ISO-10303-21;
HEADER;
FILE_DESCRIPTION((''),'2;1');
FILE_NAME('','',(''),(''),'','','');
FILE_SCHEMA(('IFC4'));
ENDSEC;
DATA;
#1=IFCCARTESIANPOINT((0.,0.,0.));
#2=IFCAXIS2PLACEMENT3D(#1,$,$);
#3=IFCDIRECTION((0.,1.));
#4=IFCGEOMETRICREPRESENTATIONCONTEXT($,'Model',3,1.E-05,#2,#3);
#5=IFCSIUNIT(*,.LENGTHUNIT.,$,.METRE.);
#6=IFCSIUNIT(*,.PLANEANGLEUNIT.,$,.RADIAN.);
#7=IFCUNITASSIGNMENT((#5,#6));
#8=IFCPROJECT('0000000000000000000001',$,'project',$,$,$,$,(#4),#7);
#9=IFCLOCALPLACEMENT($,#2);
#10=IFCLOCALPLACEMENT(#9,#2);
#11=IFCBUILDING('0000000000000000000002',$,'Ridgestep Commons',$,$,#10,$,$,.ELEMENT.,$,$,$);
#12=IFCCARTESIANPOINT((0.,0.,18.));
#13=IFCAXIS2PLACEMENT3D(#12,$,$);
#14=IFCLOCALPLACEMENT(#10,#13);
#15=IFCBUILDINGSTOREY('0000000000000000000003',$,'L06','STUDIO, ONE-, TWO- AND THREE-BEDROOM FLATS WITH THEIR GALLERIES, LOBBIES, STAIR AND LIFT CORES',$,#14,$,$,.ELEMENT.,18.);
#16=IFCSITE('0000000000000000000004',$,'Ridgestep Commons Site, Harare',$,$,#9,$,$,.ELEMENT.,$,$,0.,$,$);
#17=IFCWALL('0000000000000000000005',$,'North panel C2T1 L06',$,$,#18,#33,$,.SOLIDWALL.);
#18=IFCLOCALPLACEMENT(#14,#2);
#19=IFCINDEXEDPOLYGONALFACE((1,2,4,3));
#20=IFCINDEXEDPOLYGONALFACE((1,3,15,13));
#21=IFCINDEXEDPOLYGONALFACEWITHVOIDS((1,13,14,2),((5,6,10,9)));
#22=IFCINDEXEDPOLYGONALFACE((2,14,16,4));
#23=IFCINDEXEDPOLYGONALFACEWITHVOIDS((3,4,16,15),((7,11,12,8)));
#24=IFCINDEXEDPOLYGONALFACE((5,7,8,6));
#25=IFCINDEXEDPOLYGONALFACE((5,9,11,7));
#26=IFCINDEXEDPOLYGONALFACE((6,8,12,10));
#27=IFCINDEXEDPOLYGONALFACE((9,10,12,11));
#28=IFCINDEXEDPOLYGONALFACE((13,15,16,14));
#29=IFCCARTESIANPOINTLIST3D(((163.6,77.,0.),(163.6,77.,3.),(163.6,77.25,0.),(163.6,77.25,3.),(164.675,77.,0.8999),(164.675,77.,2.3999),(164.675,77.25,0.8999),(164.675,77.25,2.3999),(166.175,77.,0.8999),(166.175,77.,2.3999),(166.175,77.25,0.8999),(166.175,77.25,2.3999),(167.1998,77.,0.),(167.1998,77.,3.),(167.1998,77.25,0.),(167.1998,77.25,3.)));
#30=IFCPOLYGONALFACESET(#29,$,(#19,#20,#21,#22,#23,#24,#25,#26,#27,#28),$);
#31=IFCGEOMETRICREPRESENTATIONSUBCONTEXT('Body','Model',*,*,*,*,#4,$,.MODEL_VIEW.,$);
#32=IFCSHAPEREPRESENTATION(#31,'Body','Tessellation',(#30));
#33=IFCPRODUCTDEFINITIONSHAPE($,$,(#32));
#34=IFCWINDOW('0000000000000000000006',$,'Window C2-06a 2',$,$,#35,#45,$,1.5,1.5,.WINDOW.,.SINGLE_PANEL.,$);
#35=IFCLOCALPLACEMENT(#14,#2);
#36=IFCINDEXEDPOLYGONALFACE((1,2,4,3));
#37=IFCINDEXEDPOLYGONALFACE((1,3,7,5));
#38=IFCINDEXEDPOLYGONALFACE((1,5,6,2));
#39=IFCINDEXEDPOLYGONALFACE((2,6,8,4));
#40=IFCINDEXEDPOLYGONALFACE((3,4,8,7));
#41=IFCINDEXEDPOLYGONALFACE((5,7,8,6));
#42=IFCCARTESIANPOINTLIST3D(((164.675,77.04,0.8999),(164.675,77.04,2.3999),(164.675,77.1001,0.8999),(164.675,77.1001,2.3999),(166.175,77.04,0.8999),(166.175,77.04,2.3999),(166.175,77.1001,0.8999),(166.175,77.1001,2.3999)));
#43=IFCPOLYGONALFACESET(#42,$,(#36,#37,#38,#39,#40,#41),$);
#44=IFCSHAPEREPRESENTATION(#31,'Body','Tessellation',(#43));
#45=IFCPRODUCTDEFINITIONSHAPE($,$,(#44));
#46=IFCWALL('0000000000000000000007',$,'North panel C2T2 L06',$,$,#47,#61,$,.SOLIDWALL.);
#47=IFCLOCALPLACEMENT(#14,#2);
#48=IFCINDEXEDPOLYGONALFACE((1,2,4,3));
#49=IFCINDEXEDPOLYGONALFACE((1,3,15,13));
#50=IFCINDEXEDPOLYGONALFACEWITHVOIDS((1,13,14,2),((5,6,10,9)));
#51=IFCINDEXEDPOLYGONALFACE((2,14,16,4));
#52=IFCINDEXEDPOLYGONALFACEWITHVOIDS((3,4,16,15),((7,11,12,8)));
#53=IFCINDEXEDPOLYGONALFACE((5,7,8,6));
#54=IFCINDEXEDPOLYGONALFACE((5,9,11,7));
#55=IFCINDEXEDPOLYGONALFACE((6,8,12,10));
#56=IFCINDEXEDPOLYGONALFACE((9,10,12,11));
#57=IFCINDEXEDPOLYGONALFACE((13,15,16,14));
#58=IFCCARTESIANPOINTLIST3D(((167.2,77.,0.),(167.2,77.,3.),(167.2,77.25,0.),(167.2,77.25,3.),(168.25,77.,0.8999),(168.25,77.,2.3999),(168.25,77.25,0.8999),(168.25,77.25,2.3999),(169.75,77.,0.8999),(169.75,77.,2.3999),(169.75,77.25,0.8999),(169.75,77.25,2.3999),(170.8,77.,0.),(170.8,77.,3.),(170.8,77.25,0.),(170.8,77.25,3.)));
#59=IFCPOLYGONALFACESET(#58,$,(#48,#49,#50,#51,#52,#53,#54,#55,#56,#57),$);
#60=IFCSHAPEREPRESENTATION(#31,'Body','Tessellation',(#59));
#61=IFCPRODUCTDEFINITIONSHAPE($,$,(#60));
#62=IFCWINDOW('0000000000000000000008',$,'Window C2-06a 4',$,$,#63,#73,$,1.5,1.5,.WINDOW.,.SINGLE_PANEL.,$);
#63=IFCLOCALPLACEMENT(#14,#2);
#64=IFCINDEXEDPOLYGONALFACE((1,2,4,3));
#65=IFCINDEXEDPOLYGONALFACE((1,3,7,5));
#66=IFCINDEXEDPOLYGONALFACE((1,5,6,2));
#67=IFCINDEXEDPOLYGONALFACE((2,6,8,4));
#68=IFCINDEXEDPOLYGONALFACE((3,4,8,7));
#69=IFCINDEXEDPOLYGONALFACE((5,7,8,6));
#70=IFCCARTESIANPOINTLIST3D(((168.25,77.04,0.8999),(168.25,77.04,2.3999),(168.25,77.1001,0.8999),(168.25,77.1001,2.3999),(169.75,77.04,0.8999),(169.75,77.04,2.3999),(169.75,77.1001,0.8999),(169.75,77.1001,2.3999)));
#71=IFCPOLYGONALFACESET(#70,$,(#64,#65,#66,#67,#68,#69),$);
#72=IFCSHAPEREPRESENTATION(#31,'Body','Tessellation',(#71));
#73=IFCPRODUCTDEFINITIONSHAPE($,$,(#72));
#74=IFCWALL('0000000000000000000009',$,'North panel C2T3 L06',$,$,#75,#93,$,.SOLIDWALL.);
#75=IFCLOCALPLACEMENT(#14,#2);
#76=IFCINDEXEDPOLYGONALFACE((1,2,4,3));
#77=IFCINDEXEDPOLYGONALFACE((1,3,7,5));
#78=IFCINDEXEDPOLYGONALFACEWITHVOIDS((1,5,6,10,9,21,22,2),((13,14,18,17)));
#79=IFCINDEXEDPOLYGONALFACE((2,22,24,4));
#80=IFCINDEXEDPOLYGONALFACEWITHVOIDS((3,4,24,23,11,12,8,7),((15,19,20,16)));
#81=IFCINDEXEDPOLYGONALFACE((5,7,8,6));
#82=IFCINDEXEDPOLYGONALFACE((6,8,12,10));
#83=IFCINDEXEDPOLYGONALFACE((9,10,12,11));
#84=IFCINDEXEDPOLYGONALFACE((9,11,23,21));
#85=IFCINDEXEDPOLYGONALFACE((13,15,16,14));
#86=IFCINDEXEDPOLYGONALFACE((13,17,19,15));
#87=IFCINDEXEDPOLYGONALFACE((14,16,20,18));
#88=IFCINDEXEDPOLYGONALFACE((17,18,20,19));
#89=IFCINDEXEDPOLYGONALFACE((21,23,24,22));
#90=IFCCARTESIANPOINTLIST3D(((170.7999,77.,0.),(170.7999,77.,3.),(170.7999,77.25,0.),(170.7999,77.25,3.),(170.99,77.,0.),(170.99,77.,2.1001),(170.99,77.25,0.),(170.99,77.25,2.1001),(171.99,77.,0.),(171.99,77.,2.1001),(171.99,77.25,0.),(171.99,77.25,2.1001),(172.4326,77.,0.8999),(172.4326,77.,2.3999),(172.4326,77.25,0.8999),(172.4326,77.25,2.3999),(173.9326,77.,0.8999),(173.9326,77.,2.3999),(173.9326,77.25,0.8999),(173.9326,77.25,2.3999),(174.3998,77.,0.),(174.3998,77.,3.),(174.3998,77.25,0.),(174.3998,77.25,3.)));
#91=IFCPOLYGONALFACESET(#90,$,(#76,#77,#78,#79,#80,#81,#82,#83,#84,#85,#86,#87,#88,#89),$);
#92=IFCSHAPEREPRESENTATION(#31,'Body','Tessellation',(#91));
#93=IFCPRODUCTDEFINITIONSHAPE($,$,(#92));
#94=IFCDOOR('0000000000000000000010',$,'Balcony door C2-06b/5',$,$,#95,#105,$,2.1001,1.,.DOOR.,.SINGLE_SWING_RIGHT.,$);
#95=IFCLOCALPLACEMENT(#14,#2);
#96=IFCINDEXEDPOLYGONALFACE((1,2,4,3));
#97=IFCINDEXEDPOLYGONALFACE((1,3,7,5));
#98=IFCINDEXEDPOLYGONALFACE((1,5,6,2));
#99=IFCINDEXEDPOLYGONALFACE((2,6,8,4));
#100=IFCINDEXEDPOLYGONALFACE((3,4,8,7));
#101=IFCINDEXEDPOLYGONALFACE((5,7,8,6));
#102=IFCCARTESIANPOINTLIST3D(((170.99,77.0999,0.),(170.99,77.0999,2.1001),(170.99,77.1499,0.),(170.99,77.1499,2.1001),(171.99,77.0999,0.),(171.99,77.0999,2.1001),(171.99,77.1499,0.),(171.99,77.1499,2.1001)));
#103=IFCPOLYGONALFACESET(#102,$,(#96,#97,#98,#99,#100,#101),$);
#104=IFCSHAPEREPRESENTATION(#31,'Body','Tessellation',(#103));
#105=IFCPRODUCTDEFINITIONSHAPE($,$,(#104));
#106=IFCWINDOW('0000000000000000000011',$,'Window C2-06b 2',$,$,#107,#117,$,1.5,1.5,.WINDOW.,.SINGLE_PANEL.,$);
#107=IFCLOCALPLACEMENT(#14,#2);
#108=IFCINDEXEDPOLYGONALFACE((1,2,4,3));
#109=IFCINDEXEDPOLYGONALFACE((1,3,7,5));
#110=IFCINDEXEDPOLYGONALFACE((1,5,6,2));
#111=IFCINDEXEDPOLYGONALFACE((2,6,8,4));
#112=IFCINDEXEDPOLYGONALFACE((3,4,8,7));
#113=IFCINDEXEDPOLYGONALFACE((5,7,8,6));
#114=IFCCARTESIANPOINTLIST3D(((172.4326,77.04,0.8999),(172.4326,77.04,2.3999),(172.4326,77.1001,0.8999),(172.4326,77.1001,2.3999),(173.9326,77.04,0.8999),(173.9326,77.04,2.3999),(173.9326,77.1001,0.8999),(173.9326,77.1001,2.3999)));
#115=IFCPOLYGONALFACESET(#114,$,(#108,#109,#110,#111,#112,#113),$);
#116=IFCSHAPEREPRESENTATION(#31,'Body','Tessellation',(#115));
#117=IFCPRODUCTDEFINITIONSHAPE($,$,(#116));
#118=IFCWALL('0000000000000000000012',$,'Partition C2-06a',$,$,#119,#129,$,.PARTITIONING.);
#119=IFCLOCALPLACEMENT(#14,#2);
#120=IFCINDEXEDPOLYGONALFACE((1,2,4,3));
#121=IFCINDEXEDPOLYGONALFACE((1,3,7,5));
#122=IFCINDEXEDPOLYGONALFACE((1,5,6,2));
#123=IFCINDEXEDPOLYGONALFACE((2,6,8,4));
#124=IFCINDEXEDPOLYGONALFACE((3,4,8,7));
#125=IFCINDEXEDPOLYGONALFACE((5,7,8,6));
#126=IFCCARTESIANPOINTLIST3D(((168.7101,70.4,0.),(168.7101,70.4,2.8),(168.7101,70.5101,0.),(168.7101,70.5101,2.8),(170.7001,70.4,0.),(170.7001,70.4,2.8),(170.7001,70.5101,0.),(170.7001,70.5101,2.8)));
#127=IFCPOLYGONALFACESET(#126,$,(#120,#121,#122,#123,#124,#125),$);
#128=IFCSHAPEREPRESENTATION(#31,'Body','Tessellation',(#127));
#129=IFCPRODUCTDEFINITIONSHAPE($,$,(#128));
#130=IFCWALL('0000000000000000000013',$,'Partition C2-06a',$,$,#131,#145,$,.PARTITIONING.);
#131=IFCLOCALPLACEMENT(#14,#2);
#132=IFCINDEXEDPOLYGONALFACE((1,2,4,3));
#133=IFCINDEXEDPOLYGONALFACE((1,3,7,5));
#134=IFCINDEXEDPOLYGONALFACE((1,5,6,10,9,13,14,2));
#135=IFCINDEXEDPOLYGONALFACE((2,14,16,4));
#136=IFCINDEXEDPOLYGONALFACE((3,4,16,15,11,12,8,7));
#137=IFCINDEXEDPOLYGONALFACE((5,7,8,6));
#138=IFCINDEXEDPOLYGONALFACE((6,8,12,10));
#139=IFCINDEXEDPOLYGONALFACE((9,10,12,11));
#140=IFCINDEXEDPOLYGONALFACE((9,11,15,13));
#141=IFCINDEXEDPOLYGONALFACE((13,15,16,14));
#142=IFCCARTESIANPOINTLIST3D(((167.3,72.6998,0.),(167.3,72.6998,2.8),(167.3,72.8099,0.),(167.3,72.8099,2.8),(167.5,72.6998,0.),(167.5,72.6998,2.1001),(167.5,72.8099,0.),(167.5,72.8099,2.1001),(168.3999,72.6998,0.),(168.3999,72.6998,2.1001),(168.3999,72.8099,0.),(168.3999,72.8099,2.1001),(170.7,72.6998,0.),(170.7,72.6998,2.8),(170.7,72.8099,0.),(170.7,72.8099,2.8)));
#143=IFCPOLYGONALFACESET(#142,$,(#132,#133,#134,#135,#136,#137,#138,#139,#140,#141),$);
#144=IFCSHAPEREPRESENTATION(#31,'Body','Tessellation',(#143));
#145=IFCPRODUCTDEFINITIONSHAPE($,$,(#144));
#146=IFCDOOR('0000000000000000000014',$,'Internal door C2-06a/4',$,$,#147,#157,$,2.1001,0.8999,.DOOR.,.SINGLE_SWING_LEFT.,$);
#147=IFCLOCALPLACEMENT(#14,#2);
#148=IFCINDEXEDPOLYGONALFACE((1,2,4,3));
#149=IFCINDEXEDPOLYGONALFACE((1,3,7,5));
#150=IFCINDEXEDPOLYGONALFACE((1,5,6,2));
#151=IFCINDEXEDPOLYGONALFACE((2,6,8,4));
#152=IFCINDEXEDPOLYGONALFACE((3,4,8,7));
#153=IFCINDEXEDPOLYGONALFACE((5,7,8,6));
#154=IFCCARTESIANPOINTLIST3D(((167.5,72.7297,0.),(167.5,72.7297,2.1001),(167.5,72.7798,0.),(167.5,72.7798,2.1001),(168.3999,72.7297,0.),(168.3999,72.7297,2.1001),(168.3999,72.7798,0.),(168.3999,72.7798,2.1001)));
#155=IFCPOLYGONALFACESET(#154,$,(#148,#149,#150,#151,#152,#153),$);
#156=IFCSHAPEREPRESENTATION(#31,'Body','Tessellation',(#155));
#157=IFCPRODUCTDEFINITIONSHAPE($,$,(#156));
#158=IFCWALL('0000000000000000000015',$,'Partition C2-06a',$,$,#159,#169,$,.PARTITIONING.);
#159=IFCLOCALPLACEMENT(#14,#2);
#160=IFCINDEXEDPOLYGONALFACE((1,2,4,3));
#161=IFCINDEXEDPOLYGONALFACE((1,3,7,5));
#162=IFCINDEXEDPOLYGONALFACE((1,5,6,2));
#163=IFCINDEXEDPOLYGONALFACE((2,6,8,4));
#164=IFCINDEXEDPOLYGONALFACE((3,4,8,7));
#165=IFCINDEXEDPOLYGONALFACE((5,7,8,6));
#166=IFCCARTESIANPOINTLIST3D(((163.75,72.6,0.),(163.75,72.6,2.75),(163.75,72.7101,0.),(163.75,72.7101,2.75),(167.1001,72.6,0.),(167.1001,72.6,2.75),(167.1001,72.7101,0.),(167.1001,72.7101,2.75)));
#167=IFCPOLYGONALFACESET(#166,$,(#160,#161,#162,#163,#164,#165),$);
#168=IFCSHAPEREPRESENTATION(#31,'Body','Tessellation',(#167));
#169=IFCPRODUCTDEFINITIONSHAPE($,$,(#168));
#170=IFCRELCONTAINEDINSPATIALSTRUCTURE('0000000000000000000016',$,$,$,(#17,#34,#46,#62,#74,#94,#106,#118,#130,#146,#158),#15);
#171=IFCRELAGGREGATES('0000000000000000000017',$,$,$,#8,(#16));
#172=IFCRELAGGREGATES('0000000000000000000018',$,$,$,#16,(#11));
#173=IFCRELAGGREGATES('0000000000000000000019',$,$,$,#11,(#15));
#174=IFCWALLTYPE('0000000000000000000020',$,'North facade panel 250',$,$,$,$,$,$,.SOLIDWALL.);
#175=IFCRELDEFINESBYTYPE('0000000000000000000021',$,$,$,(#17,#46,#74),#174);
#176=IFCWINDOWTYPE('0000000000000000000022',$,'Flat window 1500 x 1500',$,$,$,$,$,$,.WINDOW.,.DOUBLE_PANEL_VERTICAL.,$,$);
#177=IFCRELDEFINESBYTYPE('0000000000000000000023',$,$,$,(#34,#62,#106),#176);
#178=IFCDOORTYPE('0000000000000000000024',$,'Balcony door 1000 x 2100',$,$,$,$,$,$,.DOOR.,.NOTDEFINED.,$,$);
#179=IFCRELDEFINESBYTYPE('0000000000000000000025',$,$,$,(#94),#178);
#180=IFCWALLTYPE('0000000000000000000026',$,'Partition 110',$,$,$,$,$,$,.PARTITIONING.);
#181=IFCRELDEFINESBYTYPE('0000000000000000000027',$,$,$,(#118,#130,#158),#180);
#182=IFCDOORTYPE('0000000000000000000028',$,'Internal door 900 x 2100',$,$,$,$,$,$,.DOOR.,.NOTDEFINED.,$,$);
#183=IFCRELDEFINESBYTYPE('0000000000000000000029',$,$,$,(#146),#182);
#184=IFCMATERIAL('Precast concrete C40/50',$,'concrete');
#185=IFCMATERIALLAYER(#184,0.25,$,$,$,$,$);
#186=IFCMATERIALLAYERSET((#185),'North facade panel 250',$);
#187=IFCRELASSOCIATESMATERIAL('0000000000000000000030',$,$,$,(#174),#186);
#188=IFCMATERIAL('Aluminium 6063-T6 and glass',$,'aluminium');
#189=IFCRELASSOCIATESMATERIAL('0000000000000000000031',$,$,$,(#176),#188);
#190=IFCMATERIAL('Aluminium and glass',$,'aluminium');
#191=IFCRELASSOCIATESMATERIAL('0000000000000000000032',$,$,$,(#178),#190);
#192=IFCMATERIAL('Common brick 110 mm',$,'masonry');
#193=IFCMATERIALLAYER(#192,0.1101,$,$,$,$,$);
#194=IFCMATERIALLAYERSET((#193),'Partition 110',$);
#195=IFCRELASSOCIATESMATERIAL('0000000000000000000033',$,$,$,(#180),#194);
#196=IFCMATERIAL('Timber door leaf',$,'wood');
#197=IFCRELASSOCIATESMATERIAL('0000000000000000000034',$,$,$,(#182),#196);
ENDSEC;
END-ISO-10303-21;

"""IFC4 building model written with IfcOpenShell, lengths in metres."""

from ifc_helpers import new_model, si_unit, direction, frame, frame_2d, origin, place, context, subcontext, project, spatial, rectangle, extrude, material, layer, layer_set, type_object, element, fill, save


model = new_model("IFC4")

# Units and contexts
model_context = context("Model", 3, precision=1e-05, world=origin(), true_north=direction((0.0, 1.0)))
body_context = subcontext(model_context, "Body", "Model", "MODEL_VIEW")
ifc_project = project(units=[si_unit("LENGTHUNIT", "METRE"), si_unit("PLANEANGLEUNIT", "RADIAN")], contexts=[model_context])

# Site, building, storey
site_placement = place(None, origin())
site = spatial("IfcSite", under=ifc_project, at=site_placement, Name="Ridgestep Commons Site, Harare", CompositionType="ELEMENT", RefElevation=0.0)
building_placement = place(site_placement, origin())
building = spatial("IfcBuilding", under=site, at=building_placement, Name="Ridgestep Commons", CompositionType="ELEMENT")
storey_placement = place(building_placement, frame((0.0, 0.0, 18.0)))
storey = spatial("IfcBuildingStorey", under=building, at=storey_placement, Name="L06", Description="STUDIO, ONE-, TWO- AND THREE-BEDROOM FLATS WITH THEIR GALLERIES, LOBBIES, STAIR AND LIFT CORES", CompositionType="ELEMENT", Elevation=18.0)

# Walls, openings, windows
ifc_material_1 = material(Name="Precast concrete C40/50", Category="concrete")
ifc_layer_1 = layer(ifc_material_1, 0.25)
ifc_layer_set_1 = layer_set([ifc_layer_1], Name="North facade panel 250")
wall_type_1 = type_object("IfcWallType", Name="North facade panel 250", PredefinedType="SOLIDWALL", material=ifc_layer_set_1)
wall_1_placement = place(storey_placement, frame((163.6001, 77.125, 0.0), z_axis=(0.0, 0.0, 1.0), x_axis=(1.0, 0.0, 0.0)))
wall_1 = element("IfcWall", 1, at=wall_1_placement, inside=storey, type_object=wall_type_1, Name="North panel C2T1 L06", PredefinedType="SOLIDWALL", context=body_context, shape_type="SweptSolid", body=[
    extrude(rectangle(XDim=3.5999, YDim=0.25, at=frame_2d((1.7998, 0.0))), origin(), (0.0, 0.0, 1.0), 3.0),
])
opening_1_placement = place(wall_1_placement, frame((1.075, 0.0, 0.8999)))
opening_1 = element("IfcOpeningElement", 2, at=opening_1_placement, cuts=wall_1, PredefinedType="OPENING", context=body_context, shape_type="SweptSolid", body=[
    extrude(rectangle(XDim=1.5, YDim=1.5, at=frame_2d((0.75, 0.75))), frame((0.0, 0.135, 0.0), z_axis=(0.0, -1.0, 0.0), x_axis=(1.0, 0.0, 0.0)), (0.0, 0.0, 1.0), 0.27),
])
ifc_material_2 = material(Name="Aluminium 6063-T6 and glass", Category="aluminium")
window_type = type_object("IfcWindowType", Name="Flat window 1500 x 1500", PartitioningType="DOUBLE_PANEL_VERTICAL", PredefinedType="WINDOW", material=ifc_material_2)
window_1_placement = place(opening_1_placement, origin())
window_1 = element("IfcWindow", 3, at=window_1_placement, inside=storey, type_object=window_type, Name="Window C2-06a 2", OverallHeight=1.5, OverallWidth=1.5, PartitioningType="SINGLE_PANEL", PredefinedType="WINDOW", context=body_context, shape_type="SweptSolid", body=[
    extrude(rectangle(XDim=1.5, YDim=1.5, at=frame_2d((0.75, 0.75))), frame((0.0, -0.0249, 0.0), z_axis=(0.0, -1.0, 0.0), x_axis=(1.0, 0.0, 0.0)), (0.0, 0.0, 1.0), 0.0601),
])
fill(opening_1, window_1)
wall_2_placement = place(storey_placement, frame((167.2, 77.125, 0.0), z_axis=(0.0, 0.0, 1.0), x_axis=(1.0, 0.0, 0.0)))
wall_2 = element("IfcWall", 4, at=wall_2_placement, inside=storey, type_object=wall_type_1, Name="North panel C2T2 L06", PredefinedType="SOLIDWALL", context=body_context, shape_type="SweptSolid", body=[
    extrude(rectangle(XDim=3.6001, YDim=0.25, at=frame_2d((1.8, 0.0))), origin(), (0.0, 0.0, 1.0), 3.0),
])
opening_2_placement = place(wall_2_placement, frame((1.05, 0.0, 0.8999)))
opening_2 = element("IfcOpeningElement", 5, at=opening_2_placement, cuts=wall_2, PredefinedType="OPENING", context=body_context, shape_type="SweptSolid", body=[
    extrude(rectangle(XDim=1.5, YDim=1.5, at=frame_2d((0.75, 0.75))), frame((0.0, 0.135, 0.0), z_axis=(0.0, -1.0, 0.0), x_axis=(1.0, 0.0, 0.0)), (0.0, 0.0, 1.0), 0.27),
])
window_2_placement = place(opening_2_placement, origin())
window_2 = element("IfcWindow", 6, at=window_2_placement, inside=storey, type_object=window_type, Name="Window C2-06a 4", OverallHeight=1.5, OverallWidth=1.5, PartitioningType="SINGLE_PANEL", PredefinedType="WINDOW", context=body_context, shape_type="SweptSolid", body=[
    extrude(rectangle(XDim=1.5, YDim=1.5, at=frame_2d((0.75, 0.75))), frame((0.0, -0.0249, 0.0), z_axis=(0.0, -1.0, 0.0), x_axis=(1.0, 0.0, 0.0)), (0.0, 0.0, 1.0), 0.0601),
])
fill(opening_2, window_2)

# Wall, openings, door, window
wall_3_placement = place(storey_placement, frame((170.8, 77.125, 0.0), z_axis=(0.0, 0.0, 1.0), x_axis=(1.0, 0.0, 0.0)))
wall_3 = element("IfcWall", 7, at=wall_3_placement, inside=storey, type_object=wall_type_1, Name="North panel C2T3 L06", PredefinedType="SOLIDWALL", context=body_context, shape_type="SweptSolid", body=[
    extrude(rectangle(XDim=3.5999, YDim=0.25, at=frame_2d((1.7998, 0.0))), origin(), (0.0, 0.0, 1.0), 3.0),
])
opening_3_placement = place(wall_3_placement, frame((1.6326, 0.0, 0.8999)))
opening_3 = element("IfcOpeningElement", 8, at=opening_3_placement, cuts=wall_3, PredefinedType="OPENING", context=body_context, shape_type="SweptSolid", body=[
    extrude(rectangle(XDim=1.5, YDim=1.5, at=frame_2d((0.75, 0.75))), frame((0.0, 0.135, 0.0), z_axis=(0.0, -1.0, 0.0), x_axis=(1.0, 0.0, 0.0)), (0.0, 0.0, 1.0), 0.27),
])
opening_4_placement = place(wall_3_placement, frame((0.1899, 0.0, 0.0)))
opening_4 = element("IfcOpeningElement", 9, at=opening_4_placement, cuts=wall_3, PredefinedType="OPENING", context=body_context, shape_type="SweptSolid", body=[
    extrude(rectangle(XDim=1.0, YDim=2.1001, at=frame_2d((0.5, 1.05))), frame((0.0, 0.135, 0.0), z_axis=(0.0, -1.0, 0.0), x_axis=(1.0, 0.0, 0.0)), (0.0, 0.0, 1.0), 0.27),
])
ifc_material_3 = material(Name="Aluminium and glass", Category="aluminium")
door_type_1 = type_object("IfcDoorType", Name="Balcony door 1000 x 2100", OperationType="NOTDEFINED", PredefinedType="DOOR", material=ifc_material_3)
door_1_placement = place(opening_4_placement, origin())
door_1 = element("IfcDoor", 10, at=door_1_placement, inside=storey, type_object=door_type_1, Name="Balcony door C2-06b/5", OperationType="SINGLE_SWING_RIGHT", OverallHeight=2.1001, OverallWidth=1.0, PredefinedType="DOOR", context=body_context, shape_type="SweptSolid", body=[
    extrude(rectangle(XDim=1.0, YDim=2.1001, at=frame_2d((0.5, 1.05))), frame((0.0, 0.0249, 0.0), z_axis=(0.0, -1.0, 0.0), x_axis=(1.0, 0.0, 0.0)), (0.0, 0.0, 1.0), 0.05),
])
fill(opening_4, door_1)
window_3_placement = place(opening_3_placement, origin())
window_3 = element("IfcWindow", 11, at=window_3_placement, inside=storey, type_object=window_type, Name="Window C2-06b 2", OverallHeight=1.5, OverallWidth=1.5, PartitioningType="SINGLE_PANEL", PredefinedType="WINDOW", context=body_context, shape_type="SweptSolid", body=[
    extrude(rectangle(XDim=1.5, YDim=1.5, at=frame_2d((0.75, 0.75))), frame((0.0, -0.0249, 0.0), z_axis=(0.0, -1.0, 0.0), x_axis=(1.0, 0.0, 0.0)), (0.0, 0.0, 1.0), 0.0601),
])
fill(opening_3, window_3)

# Wall
ifc_material_4 = material(Name="Common brick 110 mm", Category="masonry")
ifc_layer_2 = layer(ifc_material_4, 0.1101)
ifc_layer_set_2 = layer_set([ifc_layer_2], Name="Partition 110")
wall_type_2 = type_object("IfcWallType", Name="Partition 110", PredefinedType="PARTITIONING", material=ifc_layer_set_2)
wall_4_placement = place(storey_placement, frame((168.71, 70.4551, 0.0), z_axis=(0.0, 0.0, 1.0), x_axis=(1.0, 0.0, 0.0)))
element("IfcWall", 12, at=wall_4_placement, inside=storey, type_object=wall_type_2, Name="Partition C2-06a", PredefinedType="PARTITIONING", context=body_context, shape_type="SweptSolid", body=[
    extrude(rectangle(XDim=1.99, YDim=0.1101, at=frame_2d((0.9951, 0.0))), origin(), (0.0, 0.0, 1.0), 2.8),
])

# Wall, opening, door
wall_5_placement = place(storey_placement, frame((167.3, 72.7549, 0.0), z_axis=(0.0, 0.0, 1.0), x_axis=(1.0, 0.0, 0.0)))
wall_5 = element("IfcWall", 13, at=wall_5_placement, inside=storey, type_object=wall_type_2, Name="Partition C2-06a", PredefinedType="PARTITIONING", context=body_context, shape_type="SweptSolid", body=[
    extrude(rectangle(XDim=3.3999, YDim=0.1101, at=frame_2d((1.7, 0.0))), origin(), (0.0, 0.0, 1.0), 2.8),
])
opening_5_placement = place(wall_5_placement, frame((0.2, 0.0, 0.0)))
opening_5 = element("IfcOpeningElement", 14, at=opening_5_placement, cuts=wall_5, PredefinedType="OPENING", context=body_context, shape_type="SweptSolid", body=[
    extrude(rectangle(XDim=0.8999, YDim=2.1001, at=frame_2d((0.45, 1.05))), frame((0.0, 0.0649, 0.0), z_axis=(0.0, -1.0, 0.0), x_axis=(1.0, 0.0, 0.0)), (0.0, 0.0, 1.0), 0.1301),
])
ifc_material_5 = material(Name="Timber door leaf", Category="wood")
door_type_2 = type_object("IfcDoorType", Name="Internal door 900 x 2100", OperationType="NOTDEFINED", PredefinedType="DOOR", material=ifc_material_5)
door_2_placement = place(opening_5_placement, origin())
door_2 = element("IfcDoor", 15, at=door_2_placement, inside=storey, type_object=door_type_2, Name="Internal door C2-06a/4", OperationType="SINGLE_SWING_LEFT", OverallHeight=2.1001, OverallWidth=0.8999, PredefinedType="DOOR", context=body_context, shape_type="SweptSolid", body=[
    extrude(rectangle(XDim=0.8999, YDim=2.1001, at=frame_2d((0.45, 1.05))), frame((0.0, 0.0249, 0.0), z_axis=(0.0, -1.0, 0.0), x_axis=(1.0, 0.0, 0.0)), (0.0, 0.0, 1.0), 0.05),
])
fill(opening_5, door_2)

# Wall
wall_6_placement = place(storey_placement, frame((163.75, 72.655, 0.0), z_axis=(0.0, 0.0, 1.0), x_axis=(1.0, 0.0, 0.0)))
element("IfcWall", 16, at=wall_6_placement, inside=storey, type_object=wall_type_2, Name="Partition C2-06a", PredefinedType="PARTITIONING", context=body_context, shape_type="SweptSolid", body=[
    extrude(rectangle(XDim=3.3501, YDim=0.1101, at=frame_2d((1.675, 0.0))), origin(), (0.0, 0.0, 1.0), 2.75),
])

save(model, "model.ifc")
